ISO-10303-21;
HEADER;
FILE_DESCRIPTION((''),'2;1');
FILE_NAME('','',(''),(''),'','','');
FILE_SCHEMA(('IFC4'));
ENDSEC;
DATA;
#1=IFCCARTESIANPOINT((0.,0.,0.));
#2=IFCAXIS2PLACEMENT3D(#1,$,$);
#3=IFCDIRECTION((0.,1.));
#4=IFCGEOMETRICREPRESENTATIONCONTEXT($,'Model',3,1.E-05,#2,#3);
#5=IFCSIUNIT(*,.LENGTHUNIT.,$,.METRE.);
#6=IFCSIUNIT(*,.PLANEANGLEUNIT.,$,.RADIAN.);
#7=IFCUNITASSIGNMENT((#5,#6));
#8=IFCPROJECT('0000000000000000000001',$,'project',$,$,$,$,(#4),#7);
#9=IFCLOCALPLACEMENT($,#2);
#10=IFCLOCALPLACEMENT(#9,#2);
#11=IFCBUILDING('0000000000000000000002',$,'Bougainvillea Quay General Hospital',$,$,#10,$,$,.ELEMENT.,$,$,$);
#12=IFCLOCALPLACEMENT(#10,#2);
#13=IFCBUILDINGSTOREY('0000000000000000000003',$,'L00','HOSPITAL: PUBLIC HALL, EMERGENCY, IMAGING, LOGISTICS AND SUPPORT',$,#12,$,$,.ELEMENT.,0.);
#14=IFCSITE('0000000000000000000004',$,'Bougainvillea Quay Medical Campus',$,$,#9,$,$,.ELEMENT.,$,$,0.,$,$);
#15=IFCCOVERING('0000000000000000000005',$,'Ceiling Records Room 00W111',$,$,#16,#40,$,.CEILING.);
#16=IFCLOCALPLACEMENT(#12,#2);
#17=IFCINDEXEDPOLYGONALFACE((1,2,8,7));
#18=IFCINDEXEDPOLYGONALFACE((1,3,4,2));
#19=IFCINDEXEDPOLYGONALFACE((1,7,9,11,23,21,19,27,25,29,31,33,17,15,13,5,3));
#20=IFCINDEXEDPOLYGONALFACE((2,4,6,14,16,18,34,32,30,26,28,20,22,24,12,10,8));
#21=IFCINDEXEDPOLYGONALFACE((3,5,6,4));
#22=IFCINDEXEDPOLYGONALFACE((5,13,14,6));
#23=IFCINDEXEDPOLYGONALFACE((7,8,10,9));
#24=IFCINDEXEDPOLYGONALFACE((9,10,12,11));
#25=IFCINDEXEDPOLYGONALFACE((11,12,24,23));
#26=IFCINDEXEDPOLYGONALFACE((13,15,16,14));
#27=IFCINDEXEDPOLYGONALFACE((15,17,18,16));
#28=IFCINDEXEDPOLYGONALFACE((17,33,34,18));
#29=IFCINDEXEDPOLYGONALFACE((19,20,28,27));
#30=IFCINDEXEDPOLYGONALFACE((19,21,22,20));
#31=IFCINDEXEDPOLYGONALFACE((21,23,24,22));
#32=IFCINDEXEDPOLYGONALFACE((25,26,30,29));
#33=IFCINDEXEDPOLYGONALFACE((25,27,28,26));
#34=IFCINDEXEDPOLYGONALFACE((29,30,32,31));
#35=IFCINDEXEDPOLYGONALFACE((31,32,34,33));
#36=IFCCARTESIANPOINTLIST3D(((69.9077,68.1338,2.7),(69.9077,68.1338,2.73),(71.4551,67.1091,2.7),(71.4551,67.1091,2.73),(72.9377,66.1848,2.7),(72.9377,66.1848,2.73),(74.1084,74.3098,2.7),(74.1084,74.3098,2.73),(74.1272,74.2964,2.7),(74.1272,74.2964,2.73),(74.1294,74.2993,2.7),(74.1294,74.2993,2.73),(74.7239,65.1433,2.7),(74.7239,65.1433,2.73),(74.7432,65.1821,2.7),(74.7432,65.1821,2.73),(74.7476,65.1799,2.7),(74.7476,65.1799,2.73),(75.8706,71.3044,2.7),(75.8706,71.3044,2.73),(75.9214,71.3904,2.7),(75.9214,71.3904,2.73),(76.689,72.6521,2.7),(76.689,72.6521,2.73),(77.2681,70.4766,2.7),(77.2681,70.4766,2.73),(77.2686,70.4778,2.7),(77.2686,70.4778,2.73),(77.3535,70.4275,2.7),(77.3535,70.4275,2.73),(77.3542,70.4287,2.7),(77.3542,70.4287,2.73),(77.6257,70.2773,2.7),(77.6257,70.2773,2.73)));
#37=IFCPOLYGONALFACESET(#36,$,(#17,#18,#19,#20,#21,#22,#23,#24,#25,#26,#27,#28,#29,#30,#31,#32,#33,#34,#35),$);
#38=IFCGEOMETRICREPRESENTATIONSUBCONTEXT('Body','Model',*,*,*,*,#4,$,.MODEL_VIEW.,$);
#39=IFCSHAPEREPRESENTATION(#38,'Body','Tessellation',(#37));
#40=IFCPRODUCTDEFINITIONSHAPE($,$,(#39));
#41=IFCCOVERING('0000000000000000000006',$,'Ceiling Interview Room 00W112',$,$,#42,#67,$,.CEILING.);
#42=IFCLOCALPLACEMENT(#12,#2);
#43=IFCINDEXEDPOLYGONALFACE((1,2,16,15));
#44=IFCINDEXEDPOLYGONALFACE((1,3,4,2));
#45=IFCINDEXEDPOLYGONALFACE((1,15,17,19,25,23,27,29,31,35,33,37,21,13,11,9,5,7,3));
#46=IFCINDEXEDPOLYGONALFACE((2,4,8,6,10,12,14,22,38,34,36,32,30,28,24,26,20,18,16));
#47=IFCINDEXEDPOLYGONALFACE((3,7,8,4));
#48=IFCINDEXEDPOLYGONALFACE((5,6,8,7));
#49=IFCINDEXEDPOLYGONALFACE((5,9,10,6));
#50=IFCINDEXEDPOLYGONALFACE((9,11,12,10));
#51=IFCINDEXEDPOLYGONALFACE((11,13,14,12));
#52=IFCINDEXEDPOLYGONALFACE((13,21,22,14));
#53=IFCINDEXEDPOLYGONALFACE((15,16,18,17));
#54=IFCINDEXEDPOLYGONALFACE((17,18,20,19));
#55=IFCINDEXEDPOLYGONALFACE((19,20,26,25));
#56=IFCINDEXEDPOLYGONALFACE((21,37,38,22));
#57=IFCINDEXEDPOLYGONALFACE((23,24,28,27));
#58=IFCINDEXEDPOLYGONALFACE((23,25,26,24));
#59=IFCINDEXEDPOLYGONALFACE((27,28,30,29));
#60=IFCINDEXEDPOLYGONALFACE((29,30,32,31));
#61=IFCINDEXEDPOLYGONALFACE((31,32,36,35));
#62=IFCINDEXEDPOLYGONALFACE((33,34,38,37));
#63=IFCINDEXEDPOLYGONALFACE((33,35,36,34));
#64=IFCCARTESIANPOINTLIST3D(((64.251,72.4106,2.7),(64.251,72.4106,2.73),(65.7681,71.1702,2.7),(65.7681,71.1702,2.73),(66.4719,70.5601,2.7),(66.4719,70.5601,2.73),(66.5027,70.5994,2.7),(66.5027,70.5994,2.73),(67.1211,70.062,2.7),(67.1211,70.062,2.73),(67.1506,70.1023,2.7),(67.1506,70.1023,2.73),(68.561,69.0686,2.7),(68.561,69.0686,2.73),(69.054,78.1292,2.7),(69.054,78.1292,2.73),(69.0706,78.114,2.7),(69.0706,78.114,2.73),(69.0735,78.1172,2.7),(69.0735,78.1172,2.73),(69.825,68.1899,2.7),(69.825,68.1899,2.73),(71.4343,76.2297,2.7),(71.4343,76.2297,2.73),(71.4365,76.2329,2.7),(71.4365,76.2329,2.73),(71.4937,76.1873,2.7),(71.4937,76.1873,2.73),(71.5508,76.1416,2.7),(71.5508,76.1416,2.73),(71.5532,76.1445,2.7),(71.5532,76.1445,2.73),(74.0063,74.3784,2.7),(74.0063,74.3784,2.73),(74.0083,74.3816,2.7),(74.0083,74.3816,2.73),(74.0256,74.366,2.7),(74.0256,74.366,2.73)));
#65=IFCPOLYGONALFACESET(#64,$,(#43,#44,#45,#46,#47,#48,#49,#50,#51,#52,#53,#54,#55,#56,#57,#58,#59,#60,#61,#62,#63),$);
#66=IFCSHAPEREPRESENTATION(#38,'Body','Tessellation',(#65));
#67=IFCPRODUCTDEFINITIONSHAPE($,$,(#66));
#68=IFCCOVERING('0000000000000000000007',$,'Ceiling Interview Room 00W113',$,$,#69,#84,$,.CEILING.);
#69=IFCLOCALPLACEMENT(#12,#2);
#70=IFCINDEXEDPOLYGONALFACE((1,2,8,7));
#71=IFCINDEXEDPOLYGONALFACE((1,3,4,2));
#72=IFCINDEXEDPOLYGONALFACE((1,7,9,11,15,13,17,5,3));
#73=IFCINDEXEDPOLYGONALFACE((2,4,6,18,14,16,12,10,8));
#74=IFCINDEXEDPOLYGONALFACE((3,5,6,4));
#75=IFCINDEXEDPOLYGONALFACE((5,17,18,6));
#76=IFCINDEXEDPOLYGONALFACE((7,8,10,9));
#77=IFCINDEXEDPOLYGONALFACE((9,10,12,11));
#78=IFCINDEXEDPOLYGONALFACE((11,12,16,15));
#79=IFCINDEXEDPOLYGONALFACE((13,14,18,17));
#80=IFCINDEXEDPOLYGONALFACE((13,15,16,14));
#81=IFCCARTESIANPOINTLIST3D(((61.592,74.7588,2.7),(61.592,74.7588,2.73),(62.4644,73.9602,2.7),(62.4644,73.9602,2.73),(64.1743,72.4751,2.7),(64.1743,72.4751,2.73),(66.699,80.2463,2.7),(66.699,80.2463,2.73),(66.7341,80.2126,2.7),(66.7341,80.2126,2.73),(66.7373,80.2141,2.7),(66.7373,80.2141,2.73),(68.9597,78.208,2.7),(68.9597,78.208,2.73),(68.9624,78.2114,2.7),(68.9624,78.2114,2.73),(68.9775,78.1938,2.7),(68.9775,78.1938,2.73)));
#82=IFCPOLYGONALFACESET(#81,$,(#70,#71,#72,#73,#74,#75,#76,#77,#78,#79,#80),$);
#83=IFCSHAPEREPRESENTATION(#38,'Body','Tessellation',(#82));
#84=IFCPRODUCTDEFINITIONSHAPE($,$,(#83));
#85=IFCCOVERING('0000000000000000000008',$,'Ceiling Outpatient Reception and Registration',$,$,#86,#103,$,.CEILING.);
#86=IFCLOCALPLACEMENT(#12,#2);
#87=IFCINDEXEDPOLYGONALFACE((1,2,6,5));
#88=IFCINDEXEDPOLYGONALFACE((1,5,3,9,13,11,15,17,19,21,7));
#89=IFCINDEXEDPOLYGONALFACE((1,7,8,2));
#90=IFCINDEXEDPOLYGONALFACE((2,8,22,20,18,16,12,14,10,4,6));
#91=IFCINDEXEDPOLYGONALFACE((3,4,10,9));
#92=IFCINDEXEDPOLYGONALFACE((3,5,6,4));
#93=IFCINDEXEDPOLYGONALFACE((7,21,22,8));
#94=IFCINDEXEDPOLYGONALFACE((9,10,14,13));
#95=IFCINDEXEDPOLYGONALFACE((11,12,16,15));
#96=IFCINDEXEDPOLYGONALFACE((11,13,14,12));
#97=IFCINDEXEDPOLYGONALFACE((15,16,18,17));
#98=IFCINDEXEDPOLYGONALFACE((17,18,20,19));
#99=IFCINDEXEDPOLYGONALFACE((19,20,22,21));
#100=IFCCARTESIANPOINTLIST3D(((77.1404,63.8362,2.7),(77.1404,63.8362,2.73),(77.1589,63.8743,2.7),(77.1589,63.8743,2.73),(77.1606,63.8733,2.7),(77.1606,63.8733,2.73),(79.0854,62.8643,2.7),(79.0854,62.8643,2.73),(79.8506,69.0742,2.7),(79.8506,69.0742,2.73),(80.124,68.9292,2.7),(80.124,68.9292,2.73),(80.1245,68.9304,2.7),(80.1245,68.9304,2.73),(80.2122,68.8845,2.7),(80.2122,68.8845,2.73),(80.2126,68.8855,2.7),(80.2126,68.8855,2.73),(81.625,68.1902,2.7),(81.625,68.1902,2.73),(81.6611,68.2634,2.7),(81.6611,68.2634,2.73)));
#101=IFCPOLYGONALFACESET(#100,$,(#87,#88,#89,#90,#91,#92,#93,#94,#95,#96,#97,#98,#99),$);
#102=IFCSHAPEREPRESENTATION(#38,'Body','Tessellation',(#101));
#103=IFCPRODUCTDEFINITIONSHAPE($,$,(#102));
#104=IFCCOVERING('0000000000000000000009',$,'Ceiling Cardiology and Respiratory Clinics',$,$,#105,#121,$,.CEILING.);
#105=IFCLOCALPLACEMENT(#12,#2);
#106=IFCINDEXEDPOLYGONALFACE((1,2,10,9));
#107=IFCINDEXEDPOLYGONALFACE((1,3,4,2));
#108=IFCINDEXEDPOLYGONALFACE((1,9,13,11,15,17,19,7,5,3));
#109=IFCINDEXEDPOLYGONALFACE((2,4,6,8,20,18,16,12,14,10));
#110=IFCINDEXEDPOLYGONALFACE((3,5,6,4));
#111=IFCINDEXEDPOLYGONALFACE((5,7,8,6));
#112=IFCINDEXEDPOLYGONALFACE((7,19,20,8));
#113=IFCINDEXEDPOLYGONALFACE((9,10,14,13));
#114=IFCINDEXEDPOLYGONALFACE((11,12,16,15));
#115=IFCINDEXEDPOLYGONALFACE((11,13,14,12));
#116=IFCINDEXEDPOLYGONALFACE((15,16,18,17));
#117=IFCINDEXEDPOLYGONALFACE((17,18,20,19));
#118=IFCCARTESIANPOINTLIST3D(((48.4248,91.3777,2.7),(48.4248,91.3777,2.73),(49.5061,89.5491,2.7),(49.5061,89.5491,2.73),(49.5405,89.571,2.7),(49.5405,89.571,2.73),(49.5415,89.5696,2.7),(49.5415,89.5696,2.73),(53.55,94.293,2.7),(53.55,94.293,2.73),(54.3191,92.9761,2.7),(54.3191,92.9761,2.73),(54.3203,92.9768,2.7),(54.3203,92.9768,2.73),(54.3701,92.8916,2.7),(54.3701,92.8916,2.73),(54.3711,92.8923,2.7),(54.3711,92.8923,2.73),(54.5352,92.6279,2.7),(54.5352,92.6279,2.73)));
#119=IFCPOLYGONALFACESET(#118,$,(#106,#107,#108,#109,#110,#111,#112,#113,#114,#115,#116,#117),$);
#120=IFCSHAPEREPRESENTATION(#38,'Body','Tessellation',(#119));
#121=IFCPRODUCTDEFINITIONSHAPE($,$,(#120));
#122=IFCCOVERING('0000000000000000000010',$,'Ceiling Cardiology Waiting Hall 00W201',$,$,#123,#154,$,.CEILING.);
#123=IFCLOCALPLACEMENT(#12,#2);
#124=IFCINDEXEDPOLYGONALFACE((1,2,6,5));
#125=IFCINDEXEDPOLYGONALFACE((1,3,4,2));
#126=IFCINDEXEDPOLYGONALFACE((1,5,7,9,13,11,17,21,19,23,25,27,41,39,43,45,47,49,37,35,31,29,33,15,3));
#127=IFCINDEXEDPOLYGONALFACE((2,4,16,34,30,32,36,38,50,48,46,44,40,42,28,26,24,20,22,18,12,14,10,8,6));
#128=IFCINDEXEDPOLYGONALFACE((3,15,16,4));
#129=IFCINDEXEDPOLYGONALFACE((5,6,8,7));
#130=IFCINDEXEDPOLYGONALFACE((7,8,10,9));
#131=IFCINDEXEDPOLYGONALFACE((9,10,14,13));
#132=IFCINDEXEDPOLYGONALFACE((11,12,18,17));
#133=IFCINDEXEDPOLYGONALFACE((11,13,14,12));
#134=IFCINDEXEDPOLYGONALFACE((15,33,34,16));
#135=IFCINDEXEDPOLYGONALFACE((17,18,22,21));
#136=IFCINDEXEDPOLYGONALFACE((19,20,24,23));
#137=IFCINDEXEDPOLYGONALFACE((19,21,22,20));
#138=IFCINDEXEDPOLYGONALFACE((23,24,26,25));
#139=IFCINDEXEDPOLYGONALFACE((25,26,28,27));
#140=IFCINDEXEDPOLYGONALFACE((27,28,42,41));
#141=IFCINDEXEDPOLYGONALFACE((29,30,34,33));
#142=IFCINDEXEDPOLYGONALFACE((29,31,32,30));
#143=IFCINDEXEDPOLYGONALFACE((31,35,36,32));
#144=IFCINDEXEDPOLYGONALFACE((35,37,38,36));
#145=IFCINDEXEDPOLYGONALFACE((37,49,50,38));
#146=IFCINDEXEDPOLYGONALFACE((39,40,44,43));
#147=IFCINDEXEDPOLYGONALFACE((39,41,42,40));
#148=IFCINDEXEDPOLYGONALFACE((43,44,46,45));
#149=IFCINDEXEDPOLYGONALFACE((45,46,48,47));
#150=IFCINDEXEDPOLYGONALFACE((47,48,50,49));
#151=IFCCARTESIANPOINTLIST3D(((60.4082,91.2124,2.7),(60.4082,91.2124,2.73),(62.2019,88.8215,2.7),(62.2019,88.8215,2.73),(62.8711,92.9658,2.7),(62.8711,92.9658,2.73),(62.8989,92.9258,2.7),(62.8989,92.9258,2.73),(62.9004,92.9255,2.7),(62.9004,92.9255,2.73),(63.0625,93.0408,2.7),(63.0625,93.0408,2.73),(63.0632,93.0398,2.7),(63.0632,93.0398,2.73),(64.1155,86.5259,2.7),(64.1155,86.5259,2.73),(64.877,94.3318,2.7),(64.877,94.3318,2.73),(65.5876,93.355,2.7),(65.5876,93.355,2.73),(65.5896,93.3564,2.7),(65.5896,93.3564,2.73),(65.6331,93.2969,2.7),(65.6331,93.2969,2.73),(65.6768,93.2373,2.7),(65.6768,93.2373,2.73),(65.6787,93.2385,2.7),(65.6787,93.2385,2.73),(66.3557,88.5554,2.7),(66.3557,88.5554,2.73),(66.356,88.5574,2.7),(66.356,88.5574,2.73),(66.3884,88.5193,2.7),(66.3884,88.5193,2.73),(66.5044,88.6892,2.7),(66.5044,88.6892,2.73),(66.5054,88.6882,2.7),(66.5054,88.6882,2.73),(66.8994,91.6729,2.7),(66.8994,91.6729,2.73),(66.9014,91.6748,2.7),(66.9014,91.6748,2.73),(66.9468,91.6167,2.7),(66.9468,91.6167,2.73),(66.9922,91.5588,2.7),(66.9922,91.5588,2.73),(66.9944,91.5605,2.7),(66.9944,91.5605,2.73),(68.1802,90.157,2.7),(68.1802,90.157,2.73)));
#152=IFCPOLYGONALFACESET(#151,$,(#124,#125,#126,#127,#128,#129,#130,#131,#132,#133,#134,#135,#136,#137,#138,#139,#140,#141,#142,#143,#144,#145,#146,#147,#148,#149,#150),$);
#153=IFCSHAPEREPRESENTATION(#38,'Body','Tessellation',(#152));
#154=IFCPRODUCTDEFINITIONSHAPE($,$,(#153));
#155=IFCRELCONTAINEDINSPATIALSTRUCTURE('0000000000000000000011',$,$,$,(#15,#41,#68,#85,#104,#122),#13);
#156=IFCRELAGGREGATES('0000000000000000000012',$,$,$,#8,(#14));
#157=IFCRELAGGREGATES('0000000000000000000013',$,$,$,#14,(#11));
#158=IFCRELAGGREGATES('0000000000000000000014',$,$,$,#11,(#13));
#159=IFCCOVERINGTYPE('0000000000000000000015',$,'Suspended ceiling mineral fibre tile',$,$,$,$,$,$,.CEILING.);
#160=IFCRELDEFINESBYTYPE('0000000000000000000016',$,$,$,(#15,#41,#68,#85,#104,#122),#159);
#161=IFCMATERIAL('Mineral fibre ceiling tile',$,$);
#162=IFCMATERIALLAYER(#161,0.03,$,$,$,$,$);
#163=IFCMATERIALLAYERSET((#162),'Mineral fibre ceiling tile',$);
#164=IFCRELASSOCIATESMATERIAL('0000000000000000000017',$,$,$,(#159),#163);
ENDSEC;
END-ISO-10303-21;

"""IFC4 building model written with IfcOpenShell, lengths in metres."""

from ifc_helpers import new_model, si_unit, direction, frame, origin, place, context, subcontext, project, spatial, polyline, outline, extrude, material, layer, layer_set, type_object, element, save


model = new_model("IFC4")

# Units and contexts
model_context = context("Model", 3, precision=1e-05, world=origin(), true_north=direction((0.0, 1.0)))
body_context = subcontext(model_context, "Body", "Model", "MODEL_VIEW")
ifc_project = project(units=[si_unit("LENGTHUNIT", "METRE"), si_unit("PLANEANGLEUNIT", "RADIAN")], contexts=[model_context])

# Site, building, storey
site_placement = place(None, origin())
site = spatial("IfcSite", under=ifc_project, at=site_placement, Name="Bougainvillea Quay Medical Campus", CompositionType="ELEMENT", RefElevation=0.0)
building_placement = place(site_placement, origin())
building = spatial("IfcBuilding", under=site, at=building_placement, Name="Bougainvillea Quay General Hospital", CompositionType="ELEMENT")
storey_placement = place(building_placement, origin())
storey = spatial("IfcBuildingStorey", under=building, at=storey_placement, Name="L00", Description="HOSPITAL: PUBLIC HALL, EMERGENCY, IMAGING, LOGISTICS AND SUPPORT", CompositionType="ELEMENT", Elevation=0.0)

# Coverings
ifc_material = material(Name="Mineral fibre ceiling tile")
ifc_layer = layer(ifc_material, 0.03)
ifc_layer_set = layer_set([ifc_layer], Name="Mineral fibre ceiling tile")
covering_type = type_object("IfcCoveringType", Name="Suspended ceiling mineral fibre tile", PredefinedType="CEILING", material=ifc_layer_set)
covering_1_placement = place(storey_placement, frame((0.0, 0.0, 2.7)))
element("IfcCovering", 1, at=covering_1_placement, inside=storey, type_object=covering_type, Name="Ceiling Records Room 00W111", PredefinedType="CEILING", context=body_context, shape_type="SweptSolid", body=[
    extrude(outline(polyline([(72.9377, 66.1848), (74.7239, 65.1433), (74.7432, 65.1821), (74.7476, 65.1799), (77.6257, 70.2773), (77.3542, 70.4287), (77.3535, 70.4275), (77.2681, 70.4766), (77.2686, 70.4778), (75.8706, 71.3044), (75.9214, 71.3904), (76.689, 72.6521), (74.1294, 74.2993), (74.1272, 74.2964), (74.1084, 74.3098), (69.9077, 68.1338), (71.4551, 67.1091), (72.9377, 66.1848)])), origin(), (0.0, 0.0, 1.0), 0.03),
])
covering_2_placement = place(storey_placement, frame((0.0, 0.0, 2.7)))
element("IfcCovering", 2, at=covering_2_placement, inside=storey, type_object=covering_type, Name="Ceiling Interview Room 00W112", PredefinedType="CEILING", context=body_context, shape_type="SweptSolid", body=[
    extrude(outline(polyline([(67.1211, 70.062), (67.1506, 70.1023), (68.561, 69.0686), (69.825, 68.1899), (74.0256, 74.366), (74.0063, 74.3784), (74.0083, 74.3816), (71.5532, 76.1445), (71.5508, 76.1416), (71.4937, 76.1873), (71.4343, 76.2297), (71.4365, 76.2329), (69.0735, 78.1172), (69.0706, 78.114), (69.054, 78.1292), (64.251, 72.4106), (65.7681, 71.1702), (66.5027, 70.5994), (66.4719, 70.5601), (67.1211, 70.062)])), origin(), (0.0, 0.0, 1.0), 0.03),
])
covering_3_placement = place(storey_placement, frame((0.0, 0.0, 2.7)))
element("IfcCovering", 3, at=covering_3_placement, inside=storey, type_object=covering_type, Name="Ceiling Interview Room 00W113", PredefinedType="CEILING", context=body_context, shape_type="SweptSolid", body=[
    extrude(outline(polyline([(68.9775, 78.1938), (68.9597, 78.208), (68.9624, 78.2114), (66.7373, 80.2141), (66.7341, 80.2126), (66.699, 80.2463), (61.592, 74.7588), (62.4644, 73.9602), (64.1743, 72.4751), (68.9775, 78.1938)])), origin(), (0.0, 0.0, 1.0), 0.03),
])
covering_4_placement = place(storey_placement, frame((0.0, 0.0, 2.7)))
element("IfcCovering", 4, at=covering_4_placement, inside=storey, type_object=covering_type, Name="Ceiling Outpatient Reception and Registration", PredefinedType="CEILING", context=body_context, shape_type="SweptSolid", body=[
    extrude(outline(polyline([(81.6611, 68.2634), (81.625, 68.1902), (80.2126, 68.8855), (80.2122, 68.8845), (80.124, 68.9292), (80.1245, 68.9304), (79.8506, 69.0742), (77.1589, 63.8743), (77.1606, 63.8733), (77.1404, 63.8362), (79.0854, 62.8643), (81.6611, 68.2634)])), origin(), (0.0, 0.0, 1.0), 0.03),
])
covering_5_placement = place(storey_placement, frame((0.0, 0.0, 2.7)))
element("IfcCovering", 5, at=covering_5_placement, inside=storey, type_object=covering_type, Name="Ceiling Cardiology and Respiratory Clinics", PredefinedType="CEILING", context=body_context, shape_type="SweptSolid", body=[
    extrude(outline(polyline([(54.3701, 92.8916), (54.3191, 92.9761), (54.3203, 92.9768), (53.55, 94.293), (48.4248, 91.3777), (49.5061, 89.5491), (49.5405, 89.571), (49.5415, 89.5696), (54.5352, 92.6279), (54.3711, 92.8923), (54.3701, 92.8916)])), origin(), (0.0, 0.0, 1.0), 0.03),
])
covering_6_placement = place(storey_placement, frame((0.0, 0.0, 2.7)))
element("IfcCovering", 6, at=covering_6_placement, inside=storey, type_object=covering_type, Name="Ceiling Cardiology Waiting Hall 00W201", PredefinedType="CEILING", context=body_context, shape_type="SweptSolid", body=[
    extrude(outline(polyline([(62.8989, 92.9258), (62.8711, 92.9658), (60.4082, 91.2124), (62.2019, 88.8215), (64.1155, 86.5259), (66.3884, 88.5193), (66.3557, 88.5554), (66.356, 88.5574), (66.5044, 88.6892), (66.5054, 88.6882), (68.1802, 90.157), (66.9944, 91.5605), (66.9922, 91.5588), (66.9468, 91.6167), (66.8994, 91.6729), (66.9014, 91.6748), (65.6787, 93.2385), (65.6768, 93.2373), (65.6331, 93.2969), (65.5876, 93.355), (65.5896, 93.3564), (64.877, 94.3318), (63.0625, 93.0408), (63.0632, 93.0398), (62.9004, 92.9255), (62.8989, 92.9258)])), origin(), (0.0, 0.0, 1.0), 0.03),
])

save(model, "model.ifc")
